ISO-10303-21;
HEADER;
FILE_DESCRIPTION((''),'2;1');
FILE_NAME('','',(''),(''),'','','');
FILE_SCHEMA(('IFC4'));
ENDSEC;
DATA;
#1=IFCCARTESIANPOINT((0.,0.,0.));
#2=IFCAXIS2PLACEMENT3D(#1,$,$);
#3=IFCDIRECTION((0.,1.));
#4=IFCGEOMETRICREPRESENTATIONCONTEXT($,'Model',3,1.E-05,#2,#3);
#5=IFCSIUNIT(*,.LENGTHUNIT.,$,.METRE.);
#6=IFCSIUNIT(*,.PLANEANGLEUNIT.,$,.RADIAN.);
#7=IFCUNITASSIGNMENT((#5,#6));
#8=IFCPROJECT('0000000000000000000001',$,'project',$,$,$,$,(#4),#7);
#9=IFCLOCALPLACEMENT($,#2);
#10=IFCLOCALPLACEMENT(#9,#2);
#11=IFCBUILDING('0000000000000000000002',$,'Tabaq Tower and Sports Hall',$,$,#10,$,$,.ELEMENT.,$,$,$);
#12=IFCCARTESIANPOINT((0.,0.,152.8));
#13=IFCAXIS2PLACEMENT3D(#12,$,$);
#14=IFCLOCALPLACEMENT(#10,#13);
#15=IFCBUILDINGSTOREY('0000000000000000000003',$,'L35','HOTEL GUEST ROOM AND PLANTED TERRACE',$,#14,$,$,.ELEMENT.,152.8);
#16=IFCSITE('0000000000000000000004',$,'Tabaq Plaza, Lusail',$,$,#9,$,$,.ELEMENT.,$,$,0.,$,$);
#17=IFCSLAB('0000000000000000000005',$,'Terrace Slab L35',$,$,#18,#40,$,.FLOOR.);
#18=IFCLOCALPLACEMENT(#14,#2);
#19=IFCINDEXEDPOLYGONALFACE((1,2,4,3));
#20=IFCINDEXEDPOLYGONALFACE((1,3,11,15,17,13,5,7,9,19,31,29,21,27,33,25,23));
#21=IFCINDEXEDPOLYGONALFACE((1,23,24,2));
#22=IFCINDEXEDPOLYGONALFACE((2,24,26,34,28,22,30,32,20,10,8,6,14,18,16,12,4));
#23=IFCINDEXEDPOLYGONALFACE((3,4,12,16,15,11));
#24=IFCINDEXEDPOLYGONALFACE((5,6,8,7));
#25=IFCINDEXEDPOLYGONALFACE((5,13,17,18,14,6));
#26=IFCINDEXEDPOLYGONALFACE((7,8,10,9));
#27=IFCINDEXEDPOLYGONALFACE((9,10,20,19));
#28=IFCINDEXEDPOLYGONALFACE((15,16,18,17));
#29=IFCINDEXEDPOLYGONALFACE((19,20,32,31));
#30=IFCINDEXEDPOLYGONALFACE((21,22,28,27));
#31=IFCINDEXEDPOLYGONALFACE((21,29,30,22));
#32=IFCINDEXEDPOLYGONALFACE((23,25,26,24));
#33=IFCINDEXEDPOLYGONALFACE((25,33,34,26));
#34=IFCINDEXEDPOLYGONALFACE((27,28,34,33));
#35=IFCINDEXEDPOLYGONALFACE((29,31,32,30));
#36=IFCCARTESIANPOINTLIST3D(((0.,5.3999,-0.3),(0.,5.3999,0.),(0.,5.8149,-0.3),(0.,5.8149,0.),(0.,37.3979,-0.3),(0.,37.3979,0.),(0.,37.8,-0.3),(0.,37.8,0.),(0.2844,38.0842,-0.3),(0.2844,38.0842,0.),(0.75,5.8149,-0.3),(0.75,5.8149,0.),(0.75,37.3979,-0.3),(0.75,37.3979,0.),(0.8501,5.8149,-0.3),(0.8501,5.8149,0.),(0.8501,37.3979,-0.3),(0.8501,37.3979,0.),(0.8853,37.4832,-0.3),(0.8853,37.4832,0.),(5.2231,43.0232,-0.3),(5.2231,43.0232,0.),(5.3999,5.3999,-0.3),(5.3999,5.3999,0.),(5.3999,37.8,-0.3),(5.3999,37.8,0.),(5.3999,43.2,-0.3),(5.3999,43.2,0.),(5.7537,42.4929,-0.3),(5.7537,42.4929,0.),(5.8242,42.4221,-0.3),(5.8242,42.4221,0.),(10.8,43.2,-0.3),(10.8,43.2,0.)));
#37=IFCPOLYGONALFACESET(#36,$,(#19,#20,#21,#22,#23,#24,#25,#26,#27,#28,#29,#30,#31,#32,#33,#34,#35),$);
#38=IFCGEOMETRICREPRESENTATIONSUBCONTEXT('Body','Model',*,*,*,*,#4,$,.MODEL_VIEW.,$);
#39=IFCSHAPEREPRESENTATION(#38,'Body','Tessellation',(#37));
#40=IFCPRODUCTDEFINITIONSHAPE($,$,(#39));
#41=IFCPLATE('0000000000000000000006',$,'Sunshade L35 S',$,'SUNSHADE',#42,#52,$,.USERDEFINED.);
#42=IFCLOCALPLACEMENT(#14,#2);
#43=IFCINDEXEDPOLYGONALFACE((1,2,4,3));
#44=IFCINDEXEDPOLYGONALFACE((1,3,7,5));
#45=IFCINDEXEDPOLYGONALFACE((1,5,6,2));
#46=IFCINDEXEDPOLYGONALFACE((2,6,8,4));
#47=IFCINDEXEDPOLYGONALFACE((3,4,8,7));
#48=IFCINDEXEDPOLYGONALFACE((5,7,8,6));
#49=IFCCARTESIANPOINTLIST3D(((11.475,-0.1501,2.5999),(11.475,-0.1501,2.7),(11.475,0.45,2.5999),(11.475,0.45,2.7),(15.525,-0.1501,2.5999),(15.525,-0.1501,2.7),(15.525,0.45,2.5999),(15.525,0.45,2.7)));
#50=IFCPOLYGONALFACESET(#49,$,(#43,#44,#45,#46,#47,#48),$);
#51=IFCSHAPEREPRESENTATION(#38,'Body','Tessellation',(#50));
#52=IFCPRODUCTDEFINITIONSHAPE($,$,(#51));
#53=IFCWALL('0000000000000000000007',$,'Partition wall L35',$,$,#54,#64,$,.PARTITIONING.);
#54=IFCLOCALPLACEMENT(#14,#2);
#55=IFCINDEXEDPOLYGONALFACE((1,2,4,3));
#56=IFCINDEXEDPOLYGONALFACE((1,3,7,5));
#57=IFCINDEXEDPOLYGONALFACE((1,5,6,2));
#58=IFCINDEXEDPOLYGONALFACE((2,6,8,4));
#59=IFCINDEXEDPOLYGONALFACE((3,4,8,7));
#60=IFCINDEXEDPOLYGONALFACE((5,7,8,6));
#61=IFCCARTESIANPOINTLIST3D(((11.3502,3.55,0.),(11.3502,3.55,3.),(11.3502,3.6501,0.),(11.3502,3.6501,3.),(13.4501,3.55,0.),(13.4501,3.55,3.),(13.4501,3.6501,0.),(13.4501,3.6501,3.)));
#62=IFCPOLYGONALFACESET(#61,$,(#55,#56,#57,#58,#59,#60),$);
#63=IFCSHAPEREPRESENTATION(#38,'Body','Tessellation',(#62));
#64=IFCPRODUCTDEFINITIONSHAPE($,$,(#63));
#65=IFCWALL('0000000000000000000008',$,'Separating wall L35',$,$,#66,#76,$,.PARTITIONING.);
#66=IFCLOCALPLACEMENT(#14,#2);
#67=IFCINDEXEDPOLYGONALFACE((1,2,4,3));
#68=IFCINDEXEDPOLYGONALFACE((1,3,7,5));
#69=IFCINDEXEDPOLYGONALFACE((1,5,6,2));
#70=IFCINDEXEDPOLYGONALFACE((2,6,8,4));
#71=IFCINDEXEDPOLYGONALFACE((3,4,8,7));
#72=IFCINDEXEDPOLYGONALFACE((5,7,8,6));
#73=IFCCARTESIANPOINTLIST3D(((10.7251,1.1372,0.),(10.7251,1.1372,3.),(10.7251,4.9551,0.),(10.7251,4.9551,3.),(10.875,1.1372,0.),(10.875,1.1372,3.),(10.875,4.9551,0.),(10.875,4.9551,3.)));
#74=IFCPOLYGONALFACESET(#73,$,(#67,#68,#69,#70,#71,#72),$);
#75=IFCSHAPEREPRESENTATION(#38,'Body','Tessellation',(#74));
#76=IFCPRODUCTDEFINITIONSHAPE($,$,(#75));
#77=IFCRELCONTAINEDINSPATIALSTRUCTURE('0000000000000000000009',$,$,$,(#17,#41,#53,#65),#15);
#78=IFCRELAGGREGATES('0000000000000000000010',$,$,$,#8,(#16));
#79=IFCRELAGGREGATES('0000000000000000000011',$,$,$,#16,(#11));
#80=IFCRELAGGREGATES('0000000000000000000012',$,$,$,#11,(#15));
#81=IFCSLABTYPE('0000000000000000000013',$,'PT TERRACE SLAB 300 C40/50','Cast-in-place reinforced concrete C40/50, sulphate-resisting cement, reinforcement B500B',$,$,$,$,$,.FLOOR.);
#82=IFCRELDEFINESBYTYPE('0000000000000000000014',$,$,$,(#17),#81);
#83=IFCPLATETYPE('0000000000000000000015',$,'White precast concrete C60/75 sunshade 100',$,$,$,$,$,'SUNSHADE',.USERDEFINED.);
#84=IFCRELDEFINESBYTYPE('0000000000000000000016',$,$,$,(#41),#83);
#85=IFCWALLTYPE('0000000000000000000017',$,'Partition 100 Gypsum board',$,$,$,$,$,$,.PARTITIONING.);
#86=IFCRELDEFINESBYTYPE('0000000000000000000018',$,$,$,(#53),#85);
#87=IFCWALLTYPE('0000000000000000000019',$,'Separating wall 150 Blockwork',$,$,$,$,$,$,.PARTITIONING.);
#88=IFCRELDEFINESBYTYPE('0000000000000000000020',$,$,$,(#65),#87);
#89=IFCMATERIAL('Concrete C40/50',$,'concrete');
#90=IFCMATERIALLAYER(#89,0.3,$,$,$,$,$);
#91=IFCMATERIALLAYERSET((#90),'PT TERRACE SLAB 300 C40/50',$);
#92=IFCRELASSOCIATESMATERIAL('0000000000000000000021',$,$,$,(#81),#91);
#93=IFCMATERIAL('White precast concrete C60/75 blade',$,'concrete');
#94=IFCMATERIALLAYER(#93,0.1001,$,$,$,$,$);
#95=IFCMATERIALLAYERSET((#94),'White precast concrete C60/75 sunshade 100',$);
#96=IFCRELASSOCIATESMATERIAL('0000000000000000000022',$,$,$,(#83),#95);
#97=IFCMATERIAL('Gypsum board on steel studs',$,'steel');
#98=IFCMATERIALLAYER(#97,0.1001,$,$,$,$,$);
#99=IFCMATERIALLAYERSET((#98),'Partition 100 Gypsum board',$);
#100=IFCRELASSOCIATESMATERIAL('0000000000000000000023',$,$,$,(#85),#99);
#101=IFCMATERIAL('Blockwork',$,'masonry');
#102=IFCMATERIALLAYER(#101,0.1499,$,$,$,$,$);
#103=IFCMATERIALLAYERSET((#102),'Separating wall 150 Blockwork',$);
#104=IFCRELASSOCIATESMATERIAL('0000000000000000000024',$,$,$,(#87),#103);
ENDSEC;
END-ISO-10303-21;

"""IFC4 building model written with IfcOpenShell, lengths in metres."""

from ifc_helpers import new_model, si_unit, direction, frame, frame_2d, origin, origin_2d, place, context, subcontext, project, spatial, polyline, rectangle, outline, extrude, material, layer, layer_set, type_object, element, save


model = new_model("IFC4")

# Units and contexts
model_context = context("Model", 3, precision=1e-05, world=origin(), true_north=direction((0.0, 1.0)))
body_context = subcontext(model_context, "Body", "Model", "MODEL_VIEW")
ifc_project = project(units=[si_unit("LENGTHUNIT", "METRE"), si_unit("PLANEANGLEUNIT", "RADIAN")], contexts=[model_context])

# Site, building, storey
site_placement = place(None, origin())
site = spatial("IfcSite", under=ifc_project, at=site_placement, Name="Tabaq Plaza, Lusail", CompositionType="ELEMENT", RefElevation=0.0)
building_placement = place(site_placement, origin())
building = spatial("IfcBuilding", under=site, at=building_placement, Name="Tabaq Tower and Sports Hall", CompositionType="ELEMENT")
storey_placement = place(building_placement, frame((0.0, 0.0, 152.8)))
storey = spatial("IfcBuildingStorey", under=building, at=storey_placement, Name="L35", Description="HOTEL GUEST ROOM AND PLANTED TERRACE", CompositionType="ELEMENT", Elevation=152.8)

# Slab
ifc_material_1 = material(Name="Concrete C40/50", Category="concrete")
ifc_layer_1 = layer(ifc_material_1, 0.3)
ifc_layer_set_1 = layer_set([ifc_layer_1], Name="PT TERRACE SLAB 300 C40/50")
slab_type_1 = type_object("IfcSlabType", Name="PT TERRACE SLAB 300 C40/50", Description="Cast-in-place reinforced concrete C40/50, sulphate-resisting cement, reinforcement B500B", PredefinedType="FLOOR", material=ifc_layer_set_1)
slab_1_placement = place(storey_placement, frame((0.0, 0.0, -0.3)))
element("IfcSlab", 1, at=slab_1_placement, inside=storey, type_object=slab_type_1, Name="Terrace Slab L35", PredefinedType="FLOOR", context=body_context, shape_type="SweptSolid", body=[
    extrude(outline(polyline([(0.2844, 38.0842), (0.0, 37.8), (0.0, 37.3979), (0.75, 37.3979), (0.8501, 37.3979), (0.8501, 5.8149), (0.75, 5.8149), (0.0, 5.8149), (0.0, 5.3999), (5.3999, 5.3999), (5.3999, 37.8), (10.8, 43.2), (5.3999, 43.2), (5.2231, 43.0232), (5.7537, 42.4929), (5.8242, 42.4221), (0.8853, 37.4832), (0.2844, 38.0842)])), origin(), (0.0, 0.0, 1.0), 0.3),
])

# Plate
ifc_material_2 = material(Name="White precast concrete C60/75 blade", Category="concrete")
ifc_layer_2 = layer(ifc_material_2, 0.1001)
ifc_layer_set_2 = layer_set([ifc_layer_2], Name="White precast concrete C60/75 sunshade 100")
plate_type = type_object("IfcPlateType", Name="White precast concrete C60/75 sunshade 100", ElementType="SUNSHADE", PredefinedType="USERDEFINED", material=ifc_layer_set_2)
plate_placement = place(storey_placement, frame((13.5, 0.1499, 2.5999), z_axis=(0.0, 0.0, 1.0), x_axis=(1.0, 0.0, 0.0)))
element("IfcPlate", 2, at=plate_placement, inside=storey, type_object=plate_type, Name="Sunshade L35 S", ObjectType="SUNSHADE", PredefinedType="USERDEFINED", context=body_context, shape_type="SweptSolid", body=[
    extrude(rectangle(XDim=4.05, YDim=0.6001, at=origin_2d()), origin(), (0.0, 0.0, 1.0), 0.1001),
])

# Walls
ifc_material_3 = material(Name="Gypsum board on steel studs", Category="steel")
ifc_layer_3 = layer(ifc_material_3, 0.1001)
ifc_layer_set_3 = layer_set([ifc_layer_3], Name="Partition 100 Gypsum board")
wall_type_1 = type_object("IfcWallType", Name="Partition 100 Gypsum board", PredefinedType="PARTITIONING", material=ifc_layer_set_3)
wall_1_placement = place(storey_placement, frame((13.45, 3.6001, 0.0), z_axis=(0.0, 0.0, 1.0), x_axis=(-1.0, 0.0, 0.0)))
element("IfcWall", 3, at=wall_1_placement, inside=storey, type_object=wall_type_1, Name="Partition wall L35", PredefinedType="PARTITIONING", context=body_context, shape_type="SweptSolid", body=[
    extrude(rectangle(XDim=2.0999, YDim=0.1001, at=frame_2d((1.0498, 0.0))), origin(), (0.0, 0.0, 1.0), 3.0),
])
ifc_material_4 = material(Name="Blockwork", Category="masonry")
ifc_layer_4 = layer(ifc_material_4, 0.1499)
ifc_layer_set_4 = layer_set([ifc_layer_4], Name="Separating wall 150 Blockwork")
wall_type_2 = type_object("IfcWallType", Name="Separating wall 150 Blockwork", PredefinedType="PARTITIONING", material=ifc_layer_set_4)
wall_2_placement = place(storey_placement, frame((10.8, 1.1372, 0.0), z_axis=(0.0, 0.0, 1.0), x_axis=(0.0, 1.0, 0.0)))
element("IfcWall", 4, at=wall_2_placement, inside=storey, type_object=wall_type_2, Name="Separating wall L35", PredefinedType="PARTITIONING", context=body_context, shape_type="SweptSolid", body=[
    extrude(rectangle(XDim=3.8179, YDim=0.1499, at=frame_2d((1.9089, 0.0))), origin(), (0.0, 0.0, 1.0), 3.0),
])

save(model, "model.ifc")
